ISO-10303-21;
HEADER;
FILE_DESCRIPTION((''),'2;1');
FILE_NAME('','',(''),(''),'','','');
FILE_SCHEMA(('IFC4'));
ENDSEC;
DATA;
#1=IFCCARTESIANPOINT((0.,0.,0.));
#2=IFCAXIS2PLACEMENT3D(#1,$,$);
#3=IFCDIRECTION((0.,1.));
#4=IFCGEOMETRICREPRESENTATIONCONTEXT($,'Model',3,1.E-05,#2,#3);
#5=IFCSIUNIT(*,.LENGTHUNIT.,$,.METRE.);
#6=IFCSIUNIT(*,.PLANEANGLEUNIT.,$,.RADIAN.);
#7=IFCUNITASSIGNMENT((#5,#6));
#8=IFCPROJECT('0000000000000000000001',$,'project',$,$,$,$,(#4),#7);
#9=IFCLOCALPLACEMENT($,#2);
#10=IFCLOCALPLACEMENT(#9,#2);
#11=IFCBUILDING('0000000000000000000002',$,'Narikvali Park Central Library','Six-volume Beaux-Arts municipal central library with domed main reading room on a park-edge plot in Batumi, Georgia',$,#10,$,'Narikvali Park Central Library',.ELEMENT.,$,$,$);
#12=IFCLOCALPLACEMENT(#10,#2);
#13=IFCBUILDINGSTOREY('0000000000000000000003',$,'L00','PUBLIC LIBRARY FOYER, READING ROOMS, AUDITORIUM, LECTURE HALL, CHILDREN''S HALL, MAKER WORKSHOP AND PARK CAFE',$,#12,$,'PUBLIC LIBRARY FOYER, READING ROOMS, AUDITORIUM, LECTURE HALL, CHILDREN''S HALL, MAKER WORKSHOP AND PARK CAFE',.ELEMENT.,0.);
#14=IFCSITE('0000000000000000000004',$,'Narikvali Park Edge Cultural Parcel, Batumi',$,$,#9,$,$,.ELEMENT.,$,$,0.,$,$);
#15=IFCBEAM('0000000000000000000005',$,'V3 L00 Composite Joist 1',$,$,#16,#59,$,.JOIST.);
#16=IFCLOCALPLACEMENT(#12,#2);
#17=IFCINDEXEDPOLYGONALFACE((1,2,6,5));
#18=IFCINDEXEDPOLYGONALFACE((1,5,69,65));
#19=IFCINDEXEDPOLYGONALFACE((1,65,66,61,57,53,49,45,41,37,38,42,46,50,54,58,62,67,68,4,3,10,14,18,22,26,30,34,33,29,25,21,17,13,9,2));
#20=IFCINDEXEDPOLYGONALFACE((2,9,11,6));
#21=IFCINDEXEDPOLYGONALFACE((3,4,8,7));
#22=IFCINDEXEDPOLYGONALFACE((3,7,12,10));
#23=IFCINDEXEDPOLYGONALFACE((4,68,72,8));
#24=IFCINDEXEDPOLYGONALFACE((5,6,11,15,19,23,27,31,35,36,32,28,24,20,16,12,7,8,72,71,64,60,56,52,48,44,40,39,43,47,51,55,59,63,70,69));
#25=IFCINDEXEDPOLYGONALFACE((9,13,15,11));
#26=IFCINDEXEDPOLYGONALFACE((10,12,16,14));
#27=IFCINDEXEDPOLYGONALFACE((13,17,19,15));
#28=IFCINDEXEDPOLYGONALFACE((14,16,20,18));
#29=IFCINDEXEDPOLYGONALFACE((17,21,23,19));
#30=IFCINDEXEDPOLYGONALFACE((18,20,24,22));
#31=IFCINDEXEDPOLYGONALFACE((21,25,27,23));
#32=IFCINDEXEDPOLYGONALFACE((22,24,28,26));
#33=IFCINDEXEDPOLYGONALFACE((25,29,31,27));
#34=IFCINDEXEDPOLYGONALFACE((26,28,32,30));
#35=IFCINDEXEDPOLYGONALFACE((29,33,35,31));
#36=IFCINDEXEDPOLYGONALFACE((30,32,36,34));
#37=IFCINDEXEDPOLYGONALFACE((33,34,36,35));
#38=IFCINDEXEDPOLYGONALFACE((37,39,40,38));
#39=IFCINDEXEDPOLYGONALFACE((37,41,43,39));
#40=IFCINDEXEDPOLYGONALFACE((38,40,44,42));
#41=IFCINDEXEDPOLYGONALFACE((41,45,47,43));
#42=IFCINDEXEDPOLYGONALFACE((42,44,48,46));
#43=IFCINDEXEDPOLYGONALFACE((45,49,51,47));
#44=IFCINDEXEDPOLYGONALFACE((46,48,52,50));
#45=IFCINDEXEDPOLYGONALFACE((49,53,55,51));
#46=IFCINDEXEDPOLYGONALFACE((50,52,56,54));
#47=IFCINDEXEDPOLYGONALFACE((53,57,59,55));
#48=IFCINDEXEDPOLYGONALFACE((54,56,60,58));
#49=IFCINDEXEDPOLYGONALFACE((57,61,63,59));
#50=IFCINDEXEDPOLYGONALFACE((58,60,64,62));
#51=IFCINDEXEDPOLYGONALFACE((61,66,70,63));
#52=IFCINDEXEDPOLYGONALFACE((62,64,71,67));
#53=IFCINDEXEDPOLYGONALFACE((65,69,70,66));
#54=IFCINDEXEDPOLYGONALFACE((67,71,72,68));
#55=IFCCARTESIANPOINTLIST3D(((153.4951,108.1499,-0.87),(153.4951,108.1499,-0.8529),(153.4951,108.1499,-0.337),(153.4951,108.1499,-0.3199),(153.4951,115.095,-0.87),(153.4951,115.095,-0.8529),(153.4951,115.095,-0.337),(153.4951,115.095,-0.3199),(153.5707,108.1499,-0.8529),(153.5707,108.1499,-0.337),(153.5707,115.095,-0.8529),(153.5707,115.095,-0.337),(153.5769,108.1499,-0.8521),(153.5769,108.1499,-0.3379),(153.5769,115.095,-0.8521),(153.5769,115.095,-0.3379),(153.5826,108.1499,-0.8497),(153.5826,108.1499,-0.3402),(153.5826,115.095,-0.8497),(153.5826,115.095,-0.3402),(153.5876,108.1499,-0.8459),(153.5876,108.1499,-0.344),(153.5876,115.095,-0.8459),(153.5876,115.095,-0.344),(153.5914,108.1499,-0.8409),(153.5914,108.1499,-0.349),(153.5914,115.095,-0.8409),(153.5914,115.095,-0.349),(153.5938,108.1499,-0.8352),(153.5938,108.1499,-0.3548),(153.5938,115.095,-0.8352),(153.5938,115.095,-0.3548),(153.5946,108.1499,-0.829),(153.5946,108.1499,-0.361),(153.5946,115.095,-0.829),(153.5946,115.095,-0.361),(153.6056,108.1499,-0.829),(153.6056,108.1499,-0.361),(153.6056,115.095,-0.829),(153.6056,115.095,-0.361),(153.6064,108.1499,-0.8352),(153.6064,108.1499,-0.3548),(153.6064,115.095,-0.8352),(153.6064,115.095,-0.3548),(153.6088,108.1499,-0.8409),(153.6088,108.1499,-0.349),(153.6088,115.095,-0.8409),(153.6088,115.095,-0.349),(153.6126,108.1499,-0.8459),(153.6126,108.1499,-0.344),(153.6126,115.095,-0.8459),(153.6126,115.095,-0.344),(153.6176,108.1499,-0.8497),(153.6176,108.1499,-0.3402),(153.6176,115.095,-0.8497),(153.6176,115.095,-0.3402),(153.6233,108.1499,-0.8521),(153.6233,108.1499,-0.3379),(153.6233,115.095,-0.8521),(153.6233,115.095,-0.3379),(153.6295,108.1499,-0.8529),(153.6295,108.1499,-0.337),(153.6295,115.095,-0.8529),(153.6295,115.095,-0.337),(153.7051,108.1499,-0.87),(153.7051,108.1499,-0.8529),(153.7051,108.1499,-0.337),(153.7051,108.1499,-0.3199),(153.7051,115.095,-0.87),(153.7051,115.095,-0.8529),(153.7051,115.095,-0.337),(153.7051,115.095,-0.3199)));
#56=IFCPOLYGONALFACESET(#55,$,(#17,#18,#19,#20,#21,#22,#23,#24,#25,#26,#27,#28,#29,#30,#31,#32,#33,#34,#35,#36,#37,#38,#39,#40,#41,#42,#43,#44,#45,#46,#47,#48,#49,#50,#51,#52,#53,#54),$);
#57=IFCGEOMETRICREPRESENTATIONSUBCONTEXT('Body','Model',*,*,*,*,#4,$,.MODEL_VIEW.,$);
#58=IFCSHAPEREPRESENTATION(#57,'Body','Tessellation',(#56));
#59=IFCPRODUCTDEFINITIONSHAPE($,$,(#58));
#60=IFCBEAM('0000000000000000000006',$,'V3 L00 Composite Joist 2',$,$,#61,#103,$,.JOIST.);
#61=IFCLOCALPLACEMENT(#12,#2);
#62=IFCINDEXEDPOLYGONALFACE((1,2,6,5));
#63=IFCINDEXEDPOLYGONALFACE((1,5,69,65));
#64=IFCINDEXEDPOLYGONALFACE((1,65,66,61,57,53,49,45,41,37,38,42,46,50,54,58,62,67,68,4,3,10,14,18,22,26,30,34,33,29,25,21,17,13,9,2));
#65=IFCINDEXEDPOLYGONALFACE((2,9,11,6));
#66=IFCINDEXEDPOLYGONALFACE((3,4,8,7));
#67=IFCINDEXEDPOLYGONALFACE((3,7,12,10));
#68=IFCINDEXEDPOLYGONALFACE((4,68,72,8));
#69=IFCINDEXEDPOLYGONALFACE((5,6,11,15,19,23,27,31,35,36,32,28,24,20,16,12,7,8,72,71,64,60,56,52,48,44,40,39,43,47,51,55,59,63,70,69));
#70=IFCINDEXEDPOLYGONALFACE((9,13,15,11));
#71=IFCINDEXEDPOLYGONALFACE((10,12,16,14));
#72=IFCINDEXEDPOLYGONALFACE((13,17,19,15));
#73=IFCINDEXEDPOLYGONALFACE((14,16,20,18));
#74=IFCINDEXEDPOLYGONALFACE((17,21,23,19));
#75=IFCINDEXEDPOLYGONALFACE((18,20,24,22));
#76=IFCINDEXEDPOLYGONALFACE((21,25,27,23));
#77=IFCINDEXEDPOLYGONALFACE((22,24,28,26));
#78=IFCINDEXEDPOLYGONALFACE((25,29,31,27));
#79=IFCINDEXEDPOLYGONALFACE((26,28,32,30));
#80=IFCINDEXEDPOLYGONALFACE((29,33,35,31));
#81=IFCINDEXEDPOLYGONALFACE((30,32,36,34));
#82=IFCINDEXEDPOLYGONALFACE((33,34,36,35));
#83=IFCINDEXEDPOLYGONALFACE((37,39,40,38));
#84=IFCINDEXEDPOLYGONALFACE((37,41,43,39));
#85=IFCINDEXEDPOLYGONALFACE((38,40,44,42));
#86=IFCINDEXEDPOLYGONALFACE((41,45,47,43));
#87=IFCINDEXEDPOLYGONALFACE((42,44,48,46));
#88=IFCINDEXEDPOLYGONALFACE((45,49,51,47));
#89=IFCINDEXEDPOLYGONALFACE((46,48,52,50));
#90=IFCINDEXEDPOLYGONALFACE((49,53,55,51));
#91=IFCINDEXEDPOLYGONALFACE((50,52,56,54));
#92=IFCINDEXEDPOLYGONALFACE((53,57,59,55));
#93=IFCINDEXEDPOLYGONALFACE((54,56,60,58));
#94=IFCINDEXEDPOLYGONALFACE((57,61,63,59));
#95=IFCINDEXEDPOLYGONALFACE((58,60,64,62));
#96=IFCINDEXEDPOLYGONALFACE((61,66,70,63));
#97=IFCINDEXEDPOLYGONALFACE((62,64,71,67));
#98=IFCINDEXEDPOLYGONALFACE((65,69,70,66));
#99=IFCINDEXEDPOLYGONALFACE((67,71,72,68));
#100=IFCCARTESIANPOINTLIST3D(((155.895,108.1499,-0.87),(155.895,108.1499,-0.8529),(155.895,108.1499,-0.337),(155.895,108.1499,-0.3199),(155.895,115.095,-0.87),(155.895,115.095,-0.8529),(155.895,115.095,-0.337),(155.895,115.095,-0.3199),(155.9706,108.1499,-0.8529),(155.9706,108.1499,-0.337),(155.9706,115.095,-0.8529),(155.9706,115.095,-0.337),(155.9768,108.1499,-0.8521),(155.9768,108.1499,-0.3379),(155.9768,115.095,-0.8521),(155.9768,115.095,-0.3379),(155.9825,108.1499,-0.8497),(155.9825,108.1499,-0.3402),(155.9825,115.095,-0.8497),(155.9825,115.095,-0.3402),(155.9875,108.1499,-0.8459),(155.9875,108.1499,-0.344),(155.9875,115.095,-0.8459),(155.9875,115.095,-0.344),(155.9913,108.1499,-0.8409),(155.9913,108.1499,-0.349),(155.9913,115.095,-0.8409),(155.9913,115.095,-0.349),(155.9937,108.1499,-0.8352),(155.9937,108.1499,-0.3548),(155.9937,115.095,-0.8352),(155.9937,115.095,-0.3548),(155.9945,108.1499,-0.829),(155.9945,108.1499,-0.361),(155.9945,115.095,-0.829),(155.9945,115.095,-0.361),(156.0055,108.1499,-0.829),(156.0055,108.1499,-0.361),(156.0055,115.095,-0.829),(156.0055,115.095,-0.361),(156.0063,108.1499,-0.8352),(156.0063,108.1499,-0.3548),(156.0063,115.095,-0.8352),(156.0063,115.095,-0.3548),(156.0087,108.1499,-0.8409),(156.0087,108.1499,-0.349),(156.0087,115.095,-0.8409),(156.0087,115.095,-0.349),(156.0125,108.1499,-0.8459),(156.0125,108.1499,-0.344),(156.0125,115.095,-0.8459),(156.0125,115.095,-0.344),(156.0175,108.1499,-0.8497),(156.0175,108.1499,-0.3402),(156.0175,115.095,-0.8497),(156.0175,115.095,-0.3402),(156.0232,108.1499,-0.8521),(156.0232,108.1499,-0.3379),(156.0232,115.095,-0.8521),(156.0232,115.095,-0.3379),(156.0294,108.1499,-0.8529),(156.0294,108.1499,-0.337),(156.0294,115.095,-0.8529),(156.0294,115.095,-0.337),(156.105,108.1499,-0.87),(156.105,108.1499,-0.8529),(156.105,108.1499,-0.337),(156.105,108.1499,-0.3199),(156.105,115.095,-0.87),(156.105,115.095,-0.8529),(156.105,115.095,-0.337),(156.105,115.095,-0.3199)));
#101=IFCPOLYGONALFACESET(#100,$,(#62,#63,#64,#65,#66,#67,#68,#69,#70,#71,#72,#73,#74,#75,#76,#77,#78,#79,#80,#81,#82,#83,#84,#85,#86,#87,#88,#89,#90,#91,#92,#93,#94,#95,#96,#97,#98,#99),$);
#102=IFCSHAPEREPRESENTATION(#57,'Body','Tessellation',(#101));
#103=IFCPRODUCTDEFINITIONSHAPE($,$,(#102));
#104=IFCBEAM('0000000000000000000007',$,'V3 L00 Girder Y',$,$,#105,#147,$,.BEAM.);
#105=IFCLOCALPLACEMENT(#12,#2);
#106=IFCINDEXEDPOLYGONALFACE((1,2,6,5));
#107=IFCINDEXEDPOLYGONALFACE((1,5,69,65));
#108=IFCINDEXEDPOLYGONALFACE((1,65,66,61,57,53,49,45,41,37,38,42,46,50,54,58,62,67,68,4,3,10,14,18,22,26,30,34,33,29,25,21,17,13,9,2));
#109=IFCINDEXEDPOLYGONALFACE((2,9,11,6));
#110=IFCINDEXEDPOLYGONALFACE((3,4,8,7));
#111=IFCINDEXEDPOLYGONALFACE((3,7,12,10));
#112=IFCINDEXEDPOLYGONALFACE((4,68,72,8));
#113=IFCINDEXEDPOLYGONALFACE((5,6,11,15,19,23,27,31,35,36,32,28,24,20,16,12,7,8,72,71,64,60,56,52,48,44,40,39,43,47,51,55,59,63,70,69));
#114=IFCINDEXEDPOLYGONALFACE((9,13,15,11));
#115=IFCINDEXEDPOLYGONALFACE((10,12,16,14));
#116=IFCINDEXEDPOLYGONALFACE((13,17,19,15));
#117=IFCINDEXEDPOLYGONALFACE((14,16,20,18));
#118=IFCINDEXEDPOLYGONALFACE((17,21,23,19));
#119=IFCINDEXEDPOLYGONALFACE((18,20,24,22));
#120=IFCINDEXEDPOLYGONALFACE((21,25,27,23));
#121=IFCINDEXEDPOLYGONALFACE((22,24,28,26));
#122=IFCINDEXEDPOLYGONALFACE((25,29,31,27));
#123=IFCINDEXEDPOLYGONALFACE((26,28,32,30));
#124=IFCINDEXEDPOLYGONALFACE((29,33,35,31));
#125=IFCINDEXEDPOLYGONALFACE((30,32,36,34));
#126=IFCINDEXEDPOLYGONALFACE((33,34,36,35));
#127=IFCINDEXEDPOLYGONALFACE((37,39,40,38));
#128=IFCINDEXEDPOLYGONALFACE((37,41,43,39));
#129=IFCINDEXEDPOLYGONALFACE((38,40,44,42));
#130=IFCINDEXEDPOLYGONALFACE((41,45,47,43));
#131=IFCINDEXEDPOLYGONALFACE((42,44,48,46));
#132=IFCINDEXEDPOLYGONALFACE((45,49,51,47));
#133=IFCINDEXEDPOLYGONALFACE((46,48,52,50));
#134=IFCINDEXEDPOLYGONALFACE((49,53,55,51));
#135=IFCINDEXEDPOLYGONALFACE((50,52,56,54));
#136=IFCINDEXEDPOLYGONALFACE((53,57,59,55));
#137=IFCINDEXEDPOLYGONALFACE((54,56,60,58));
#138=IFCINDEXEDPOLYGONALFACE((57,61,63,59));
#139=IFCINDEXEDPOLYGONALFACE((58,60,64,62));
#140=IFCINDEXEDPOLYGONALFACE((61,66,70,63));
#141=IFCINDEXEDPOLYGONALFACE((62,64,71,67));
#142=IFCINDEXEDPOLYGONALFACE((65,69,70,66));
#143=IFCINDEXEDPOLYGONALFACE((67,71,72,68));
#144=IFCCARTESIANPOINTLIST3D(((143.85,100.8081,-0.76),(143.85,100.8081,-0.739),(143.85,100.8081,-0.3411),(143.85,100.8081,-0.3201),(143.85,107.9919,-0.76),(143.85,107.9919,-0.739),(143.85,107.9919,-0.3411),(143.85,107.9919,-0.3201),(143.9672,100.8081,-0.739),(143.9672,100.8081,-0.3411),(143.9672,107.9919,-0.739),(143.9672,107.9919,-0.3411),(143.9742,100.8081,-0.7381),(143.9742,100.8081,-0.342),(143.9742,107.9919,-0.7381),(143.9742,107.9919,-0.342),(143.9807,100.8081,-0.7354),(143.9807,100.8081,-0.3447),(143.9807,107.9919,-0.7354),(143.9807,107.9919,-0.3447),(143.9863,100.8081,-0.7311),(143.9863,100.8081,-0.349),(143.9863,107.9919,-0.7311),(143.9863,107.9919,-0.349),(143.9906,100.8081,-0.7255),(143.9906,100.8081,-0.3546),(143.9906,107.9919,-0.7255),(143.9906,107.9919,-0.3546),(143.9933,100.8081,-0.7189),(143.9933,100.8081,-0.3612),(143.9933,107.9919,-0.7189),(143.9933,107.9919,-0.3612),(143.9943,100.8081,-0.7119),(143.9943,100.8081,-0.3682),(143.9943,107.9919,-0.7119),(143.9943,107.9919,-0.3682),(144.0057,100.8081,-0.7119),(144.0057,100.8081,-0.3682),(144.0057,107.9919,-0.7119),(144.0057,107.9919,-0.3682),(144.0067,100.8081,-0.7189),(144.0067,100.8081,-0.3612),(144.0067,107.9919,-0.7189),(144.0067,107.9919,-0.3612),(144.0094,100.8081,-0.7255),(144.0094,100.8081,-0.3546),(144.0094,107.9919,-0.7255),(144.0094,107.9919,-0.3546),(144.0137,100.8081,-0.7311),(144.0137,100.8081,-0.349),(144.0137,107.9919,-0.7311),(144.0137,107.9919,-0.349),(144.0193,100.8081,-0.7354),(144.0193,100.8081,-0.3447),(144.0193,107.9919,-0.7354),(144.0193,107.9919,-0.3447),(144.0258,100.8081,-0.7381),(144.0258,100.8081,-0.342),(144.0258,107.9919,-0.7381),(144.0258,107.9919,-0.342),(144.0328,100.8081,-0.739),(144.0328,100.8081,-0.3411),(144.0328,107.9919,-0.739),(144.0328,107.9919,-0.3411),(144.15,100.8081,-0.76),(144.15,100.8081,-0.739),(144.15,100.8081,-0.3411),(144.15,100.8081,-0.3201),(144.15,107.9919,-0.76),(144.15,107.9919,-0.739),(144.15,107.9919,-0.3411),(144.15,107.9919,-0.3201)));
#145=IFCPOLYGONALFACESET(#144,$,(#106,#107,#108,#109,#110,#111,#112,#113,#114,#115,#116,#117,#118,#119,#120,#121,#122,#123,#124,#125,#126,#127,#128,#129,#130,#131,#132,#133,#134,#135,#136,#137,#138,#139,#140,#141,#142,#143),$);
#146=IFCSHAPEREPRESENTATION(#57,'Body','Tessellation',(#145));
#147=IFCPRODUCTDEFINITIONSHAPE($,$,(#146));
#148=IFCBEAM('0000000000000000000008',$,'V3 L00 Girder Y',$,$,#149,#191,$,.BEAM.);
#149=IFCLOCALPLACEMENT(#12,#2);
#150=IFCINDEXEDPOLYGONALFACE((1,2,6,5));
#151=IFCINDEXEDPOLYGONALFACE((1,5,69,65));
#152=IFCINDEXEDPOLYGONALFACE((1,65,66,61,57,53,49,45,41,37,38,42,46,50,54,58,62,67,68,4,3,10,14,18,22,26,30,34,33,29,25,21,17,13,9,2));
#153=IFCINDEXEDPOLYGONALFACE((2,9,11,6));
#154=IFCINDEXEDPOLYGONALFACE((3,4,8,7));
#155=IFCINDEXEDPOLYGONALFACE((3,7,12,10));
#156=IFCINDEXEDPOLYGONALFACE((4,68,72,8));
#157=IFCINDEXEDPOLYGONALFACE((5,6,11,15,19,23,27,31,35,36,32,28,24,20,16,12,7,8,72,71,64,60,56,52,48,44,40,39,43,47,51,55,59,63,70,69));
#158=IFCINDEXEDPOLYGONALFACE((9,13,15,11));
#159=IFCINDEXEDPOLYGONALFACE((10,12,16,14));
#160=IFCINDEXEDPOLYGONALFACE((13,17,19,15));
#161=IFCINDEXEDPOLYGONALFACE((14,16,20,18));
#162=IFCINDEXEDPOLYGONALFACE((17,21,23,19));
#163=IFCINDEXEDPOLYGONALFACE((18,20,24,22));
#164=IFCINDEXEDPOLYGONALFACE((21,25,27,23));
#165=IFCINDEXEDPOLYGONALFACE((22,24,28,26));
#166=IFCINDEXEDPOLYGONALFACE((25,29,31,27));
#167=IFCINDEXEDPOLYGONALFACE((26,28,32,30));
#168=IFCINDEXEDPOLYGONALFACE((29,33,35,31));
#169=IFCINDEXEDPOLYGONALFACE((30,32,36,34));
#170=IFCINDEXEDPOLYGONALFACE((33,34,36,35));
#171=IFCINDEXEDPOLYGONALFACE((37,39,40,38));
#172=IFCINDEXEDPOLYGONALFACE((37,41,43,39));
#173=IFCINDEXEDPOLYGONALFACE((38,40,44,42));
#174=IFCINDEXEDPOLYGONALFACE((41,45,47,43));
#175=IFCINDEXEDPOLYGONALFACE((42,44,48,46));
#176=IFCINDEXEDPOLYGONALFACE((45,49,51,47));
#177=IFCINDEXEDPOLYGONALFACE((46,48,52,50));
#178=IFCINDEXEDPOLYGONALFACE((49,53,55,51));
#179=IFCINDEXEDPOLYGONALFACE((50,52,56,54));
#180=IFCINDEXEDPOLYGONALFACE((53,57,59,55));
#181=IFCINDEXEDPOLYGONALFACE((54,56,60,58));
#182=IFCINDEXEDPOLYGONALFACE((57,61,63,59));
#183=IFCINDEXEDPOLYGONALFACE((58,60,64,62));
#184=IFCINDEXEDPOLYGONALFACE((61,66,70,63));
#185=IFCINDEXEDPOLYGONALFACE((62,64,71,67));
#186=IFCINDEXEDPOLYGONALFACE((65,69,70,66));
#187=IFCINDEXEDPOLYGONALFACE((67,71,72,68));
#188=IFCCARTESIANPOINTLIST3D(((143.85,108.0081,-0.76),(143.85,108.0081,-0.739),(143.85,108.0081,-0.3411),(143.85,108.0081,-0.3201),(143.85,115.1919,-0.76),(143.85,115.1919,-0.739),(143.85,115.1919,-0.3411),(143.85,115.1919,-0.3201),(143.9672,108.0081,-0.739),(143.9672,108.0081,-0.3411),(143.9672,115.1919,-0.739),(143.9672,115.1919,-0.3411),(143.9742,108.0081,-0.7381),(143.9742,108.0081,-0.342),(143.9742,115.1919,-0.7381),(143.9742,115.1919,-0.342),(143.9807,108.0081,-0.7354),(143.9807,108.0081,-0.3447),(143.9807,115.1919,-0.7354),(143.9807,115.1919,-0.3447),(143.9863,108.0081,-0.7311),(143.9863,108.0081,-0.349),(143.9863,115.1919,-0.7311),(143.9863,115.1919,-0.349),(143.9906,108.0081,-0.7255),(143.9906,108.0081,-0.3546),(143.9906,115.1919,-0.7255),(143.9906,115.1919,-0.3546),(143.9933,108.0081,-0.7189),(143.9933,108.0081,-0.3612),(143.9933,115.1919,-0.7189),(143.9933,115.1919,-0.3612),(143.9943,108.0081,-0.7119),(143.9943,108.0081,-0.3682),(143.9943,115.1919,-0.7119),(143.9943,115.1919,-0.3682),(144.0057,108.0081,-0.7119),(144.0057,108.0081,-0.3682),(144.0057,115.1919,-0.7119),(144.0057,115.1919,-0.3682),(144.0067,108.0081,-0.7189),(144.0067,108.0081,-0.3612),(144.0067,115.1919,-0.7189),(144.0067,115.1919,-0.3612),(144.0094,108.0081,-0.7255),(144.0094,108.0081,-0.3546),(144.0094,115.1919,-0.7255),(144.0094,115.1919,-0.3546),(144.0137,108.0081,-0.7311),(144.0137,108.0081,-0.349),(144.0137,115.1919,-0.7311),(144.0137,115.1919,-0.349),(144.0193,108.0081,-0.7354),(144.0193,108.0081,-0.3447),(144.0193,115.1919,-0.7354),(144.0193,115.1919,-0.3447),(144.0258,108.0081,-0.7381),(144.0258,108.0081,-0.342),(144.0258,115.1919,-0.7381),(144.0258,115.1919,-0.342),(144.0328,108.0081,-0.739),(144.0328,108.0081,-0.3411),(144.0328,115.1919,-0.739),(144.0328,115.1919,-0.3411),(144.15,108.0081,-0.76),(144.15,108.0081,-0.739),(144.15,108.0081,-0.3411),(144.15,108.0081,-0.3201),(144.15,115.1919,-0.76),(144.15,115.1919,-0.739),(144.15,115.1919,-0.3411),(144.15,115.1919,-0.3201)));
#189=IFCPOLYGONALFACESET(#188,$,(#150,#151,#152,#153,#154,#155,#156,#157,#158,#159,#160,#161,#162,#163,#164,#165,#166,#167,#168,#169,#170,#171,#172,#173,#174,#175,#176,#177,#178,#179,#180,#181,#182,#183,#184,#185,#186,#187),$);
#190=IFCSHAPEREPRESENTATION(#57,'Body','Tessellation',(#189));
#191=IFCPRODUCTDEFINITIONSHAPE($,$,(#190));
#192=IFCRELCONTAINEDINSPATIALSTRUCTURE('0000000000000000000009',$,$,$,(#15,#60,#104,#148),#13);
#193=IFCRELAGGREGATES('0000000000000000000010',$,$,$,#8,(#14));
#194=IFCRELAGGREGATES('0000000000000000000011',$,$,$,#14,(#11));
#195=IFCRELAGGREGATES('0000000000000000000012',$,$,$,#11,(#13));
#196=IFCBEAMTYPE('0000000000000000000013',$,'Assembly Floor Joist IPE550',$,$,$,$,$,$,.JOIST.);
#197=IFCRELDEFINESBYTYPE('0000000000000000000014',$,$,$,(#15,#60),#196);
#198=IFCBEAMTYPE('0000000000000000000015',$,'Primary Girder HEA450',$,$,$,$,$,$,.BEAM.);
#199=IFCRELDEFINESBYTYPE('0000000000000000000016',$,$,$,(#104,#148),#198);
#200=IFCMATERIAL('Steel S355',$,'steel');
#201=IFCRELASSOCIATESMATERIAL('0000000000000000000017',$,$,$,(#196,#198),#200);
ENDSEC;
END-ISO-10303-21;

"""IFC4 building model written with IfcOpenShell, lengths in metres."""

from ifc_helpers import new_model, si_unit, direction, frame, origin, origin_2d, place, context, subcontext, project, spatial, i_section, extrude, material, material_profile, profile_set, type_object, element, save


model = new_model("IFC4")

# Units and contexts
model_context = context("Model", 3, precision=1e-05, world=origin(), true_north=direction((0.0, 1.0)))
body_context = subcontext(model_context, "Body", "Model", "MODEL_VIEW")
ifc_project = project(units=[si_unit("LENGTHUNIT", "METRE"), si_unit("PLANEANGLEUNIT", "RADIAN")], contexts=[model_context])

# Site, building, storey
site_placement = place(None, origin())
site = spatial("IfcSite", under=ifc_project, at=site_placement, Name="Narikvali Park Edge Cultural Parcel, Batumi", CompositionType="ELEMENT", RefElevation=0.0)
building_placement = place(site_placement, origin())
building = spatial("IfcBuilding", under=site, at=building_placement, Name="Narikvali Park Central Library", Description="Six-volume Beaux-Arts municipal central library with domed main reading room on a park-edge plot in Batumi, Georgia", LongName="Narikvali Park Central Library", CompositionType="ELEMENT")
storey_placement = place(building_placement, origin())
storey = spatial("IfcBuildingStorey", under=building, at=storey_placement, Name="L00", Description="PUBLIC LIBRARY FOYER, READING ROOMS, AUDITORIUM, LECTURE HALL, CHILDREN'S HALL, MAKER WORKSHOP AND PARK CAFE", LongName="PUBLIC LIBRARY FOYER, READING ROOMS, AUDITORIUM, LECTURE HALL, CHILDREN'S HALL, MAKER WORKSHOP AND PARK CAFE", CompositionType="ELEMENT", Elevation=0.0)

# Shared definitions
ifc_material_1 = material(Name="Steel S355", Category="steel")

# Beams
ifc_material_profile_1 = material_profile(ifc_material_1, i_section(OverallWidth=0.21, OverallDepth=0.55, WebThickness=0.011, FlangeThickness=0.0171, FilletRadius=0.0239, at=origin_2d()), Name="IPE 550")
ifc_profile_set_1 = profile_set([ifc_material_profile_1], Name="Steel S355")
beam_type_1 = type_object("IfcBeamType", Name="Assembly Floor Joist IPE550", PredefinedType="JOIST", material=ifc_profile_set_1)
for number, where, z_axis, x_axis, name in (
    (1, (153.6001, 108.1499, -0.595), (0.0, 1.0, 0.0), (-1.0, 0.0, 0.0), "V3 L00 Composite Joist 1"),
    (2, (156.0, 108.1499, -0.595), (0.0, 1.0, 0.0), (-1.0, 0.0, 0.0), "V3 L00 Composite Joist 2"),
):
    element("IfcBeam", number, at=place(storey_placement, frame(where, z_axis=z_axis, x_axis=x_axis)), inside=storey, type_object=beam_type_1, Name=name, PredefinedType="JOIST", context=body_context, shape_type="SweptSolid", body=[
        extrude(i_section(OverallWidth=0.21, OverallDepth=0.55, WebThickness=0.011, FlangeThickness=0.0171, FilletRadius=0.0239, at=origin_2d()), origin(), (0.0, 0.0, 1.0), 6.9451),
    ])
ifc_material_profile_2 = material_profile(ifc_material_1, i_section(OverallWidth=0.3, OverallDepth=0.4399, WebThickness=0.0115, FlangeThickness=0.021, FilletRadius=0.0271, at=origin_2d()), Name="HEA 450")
ifc_profile_set_2 = profile_set([ifc_material_profile_2], Name="Steel S355")
beam_type_2 = type_object("IfcBeamType", Name="Primary Girder HEA450", PredefinedType="BEAM", material=ifc_profile_set_2)
for number, where, z_axis, x_axis, name in (
    (3, (144.0, 100.8081, -0.54), (0.0, 1.0, 0.0), (-1.0, 0.0, 0.0), "V3 L00 Girder Y"),
    (4, (144.0, 108.0081, -0.54), (0.0, 1.0, 0.0), (-1.0, 0.0, 0.0), "V3 L00 Girder Y"),
):
    element("IfcBeam", number, at=place(storey_placement, frame(where, z_axis=z_axis, x_axis=x_axis)), inside=storey, type_object=beam_type_2, Name=name, PredefinedType="BEAM", context=body_context, shape_type="SweptSolid", body=[
        extrude(i_section(OverallWidth=0.3, OverallDepth=0.4399, WebThickness=0.0115, FlangeThickness=0.021, FilletRadius=0.0271, at=origin_2d()), origin(), (0.0, 0.0, 1.0), 7.1838),
    ])

save(model, "model.ifc")
